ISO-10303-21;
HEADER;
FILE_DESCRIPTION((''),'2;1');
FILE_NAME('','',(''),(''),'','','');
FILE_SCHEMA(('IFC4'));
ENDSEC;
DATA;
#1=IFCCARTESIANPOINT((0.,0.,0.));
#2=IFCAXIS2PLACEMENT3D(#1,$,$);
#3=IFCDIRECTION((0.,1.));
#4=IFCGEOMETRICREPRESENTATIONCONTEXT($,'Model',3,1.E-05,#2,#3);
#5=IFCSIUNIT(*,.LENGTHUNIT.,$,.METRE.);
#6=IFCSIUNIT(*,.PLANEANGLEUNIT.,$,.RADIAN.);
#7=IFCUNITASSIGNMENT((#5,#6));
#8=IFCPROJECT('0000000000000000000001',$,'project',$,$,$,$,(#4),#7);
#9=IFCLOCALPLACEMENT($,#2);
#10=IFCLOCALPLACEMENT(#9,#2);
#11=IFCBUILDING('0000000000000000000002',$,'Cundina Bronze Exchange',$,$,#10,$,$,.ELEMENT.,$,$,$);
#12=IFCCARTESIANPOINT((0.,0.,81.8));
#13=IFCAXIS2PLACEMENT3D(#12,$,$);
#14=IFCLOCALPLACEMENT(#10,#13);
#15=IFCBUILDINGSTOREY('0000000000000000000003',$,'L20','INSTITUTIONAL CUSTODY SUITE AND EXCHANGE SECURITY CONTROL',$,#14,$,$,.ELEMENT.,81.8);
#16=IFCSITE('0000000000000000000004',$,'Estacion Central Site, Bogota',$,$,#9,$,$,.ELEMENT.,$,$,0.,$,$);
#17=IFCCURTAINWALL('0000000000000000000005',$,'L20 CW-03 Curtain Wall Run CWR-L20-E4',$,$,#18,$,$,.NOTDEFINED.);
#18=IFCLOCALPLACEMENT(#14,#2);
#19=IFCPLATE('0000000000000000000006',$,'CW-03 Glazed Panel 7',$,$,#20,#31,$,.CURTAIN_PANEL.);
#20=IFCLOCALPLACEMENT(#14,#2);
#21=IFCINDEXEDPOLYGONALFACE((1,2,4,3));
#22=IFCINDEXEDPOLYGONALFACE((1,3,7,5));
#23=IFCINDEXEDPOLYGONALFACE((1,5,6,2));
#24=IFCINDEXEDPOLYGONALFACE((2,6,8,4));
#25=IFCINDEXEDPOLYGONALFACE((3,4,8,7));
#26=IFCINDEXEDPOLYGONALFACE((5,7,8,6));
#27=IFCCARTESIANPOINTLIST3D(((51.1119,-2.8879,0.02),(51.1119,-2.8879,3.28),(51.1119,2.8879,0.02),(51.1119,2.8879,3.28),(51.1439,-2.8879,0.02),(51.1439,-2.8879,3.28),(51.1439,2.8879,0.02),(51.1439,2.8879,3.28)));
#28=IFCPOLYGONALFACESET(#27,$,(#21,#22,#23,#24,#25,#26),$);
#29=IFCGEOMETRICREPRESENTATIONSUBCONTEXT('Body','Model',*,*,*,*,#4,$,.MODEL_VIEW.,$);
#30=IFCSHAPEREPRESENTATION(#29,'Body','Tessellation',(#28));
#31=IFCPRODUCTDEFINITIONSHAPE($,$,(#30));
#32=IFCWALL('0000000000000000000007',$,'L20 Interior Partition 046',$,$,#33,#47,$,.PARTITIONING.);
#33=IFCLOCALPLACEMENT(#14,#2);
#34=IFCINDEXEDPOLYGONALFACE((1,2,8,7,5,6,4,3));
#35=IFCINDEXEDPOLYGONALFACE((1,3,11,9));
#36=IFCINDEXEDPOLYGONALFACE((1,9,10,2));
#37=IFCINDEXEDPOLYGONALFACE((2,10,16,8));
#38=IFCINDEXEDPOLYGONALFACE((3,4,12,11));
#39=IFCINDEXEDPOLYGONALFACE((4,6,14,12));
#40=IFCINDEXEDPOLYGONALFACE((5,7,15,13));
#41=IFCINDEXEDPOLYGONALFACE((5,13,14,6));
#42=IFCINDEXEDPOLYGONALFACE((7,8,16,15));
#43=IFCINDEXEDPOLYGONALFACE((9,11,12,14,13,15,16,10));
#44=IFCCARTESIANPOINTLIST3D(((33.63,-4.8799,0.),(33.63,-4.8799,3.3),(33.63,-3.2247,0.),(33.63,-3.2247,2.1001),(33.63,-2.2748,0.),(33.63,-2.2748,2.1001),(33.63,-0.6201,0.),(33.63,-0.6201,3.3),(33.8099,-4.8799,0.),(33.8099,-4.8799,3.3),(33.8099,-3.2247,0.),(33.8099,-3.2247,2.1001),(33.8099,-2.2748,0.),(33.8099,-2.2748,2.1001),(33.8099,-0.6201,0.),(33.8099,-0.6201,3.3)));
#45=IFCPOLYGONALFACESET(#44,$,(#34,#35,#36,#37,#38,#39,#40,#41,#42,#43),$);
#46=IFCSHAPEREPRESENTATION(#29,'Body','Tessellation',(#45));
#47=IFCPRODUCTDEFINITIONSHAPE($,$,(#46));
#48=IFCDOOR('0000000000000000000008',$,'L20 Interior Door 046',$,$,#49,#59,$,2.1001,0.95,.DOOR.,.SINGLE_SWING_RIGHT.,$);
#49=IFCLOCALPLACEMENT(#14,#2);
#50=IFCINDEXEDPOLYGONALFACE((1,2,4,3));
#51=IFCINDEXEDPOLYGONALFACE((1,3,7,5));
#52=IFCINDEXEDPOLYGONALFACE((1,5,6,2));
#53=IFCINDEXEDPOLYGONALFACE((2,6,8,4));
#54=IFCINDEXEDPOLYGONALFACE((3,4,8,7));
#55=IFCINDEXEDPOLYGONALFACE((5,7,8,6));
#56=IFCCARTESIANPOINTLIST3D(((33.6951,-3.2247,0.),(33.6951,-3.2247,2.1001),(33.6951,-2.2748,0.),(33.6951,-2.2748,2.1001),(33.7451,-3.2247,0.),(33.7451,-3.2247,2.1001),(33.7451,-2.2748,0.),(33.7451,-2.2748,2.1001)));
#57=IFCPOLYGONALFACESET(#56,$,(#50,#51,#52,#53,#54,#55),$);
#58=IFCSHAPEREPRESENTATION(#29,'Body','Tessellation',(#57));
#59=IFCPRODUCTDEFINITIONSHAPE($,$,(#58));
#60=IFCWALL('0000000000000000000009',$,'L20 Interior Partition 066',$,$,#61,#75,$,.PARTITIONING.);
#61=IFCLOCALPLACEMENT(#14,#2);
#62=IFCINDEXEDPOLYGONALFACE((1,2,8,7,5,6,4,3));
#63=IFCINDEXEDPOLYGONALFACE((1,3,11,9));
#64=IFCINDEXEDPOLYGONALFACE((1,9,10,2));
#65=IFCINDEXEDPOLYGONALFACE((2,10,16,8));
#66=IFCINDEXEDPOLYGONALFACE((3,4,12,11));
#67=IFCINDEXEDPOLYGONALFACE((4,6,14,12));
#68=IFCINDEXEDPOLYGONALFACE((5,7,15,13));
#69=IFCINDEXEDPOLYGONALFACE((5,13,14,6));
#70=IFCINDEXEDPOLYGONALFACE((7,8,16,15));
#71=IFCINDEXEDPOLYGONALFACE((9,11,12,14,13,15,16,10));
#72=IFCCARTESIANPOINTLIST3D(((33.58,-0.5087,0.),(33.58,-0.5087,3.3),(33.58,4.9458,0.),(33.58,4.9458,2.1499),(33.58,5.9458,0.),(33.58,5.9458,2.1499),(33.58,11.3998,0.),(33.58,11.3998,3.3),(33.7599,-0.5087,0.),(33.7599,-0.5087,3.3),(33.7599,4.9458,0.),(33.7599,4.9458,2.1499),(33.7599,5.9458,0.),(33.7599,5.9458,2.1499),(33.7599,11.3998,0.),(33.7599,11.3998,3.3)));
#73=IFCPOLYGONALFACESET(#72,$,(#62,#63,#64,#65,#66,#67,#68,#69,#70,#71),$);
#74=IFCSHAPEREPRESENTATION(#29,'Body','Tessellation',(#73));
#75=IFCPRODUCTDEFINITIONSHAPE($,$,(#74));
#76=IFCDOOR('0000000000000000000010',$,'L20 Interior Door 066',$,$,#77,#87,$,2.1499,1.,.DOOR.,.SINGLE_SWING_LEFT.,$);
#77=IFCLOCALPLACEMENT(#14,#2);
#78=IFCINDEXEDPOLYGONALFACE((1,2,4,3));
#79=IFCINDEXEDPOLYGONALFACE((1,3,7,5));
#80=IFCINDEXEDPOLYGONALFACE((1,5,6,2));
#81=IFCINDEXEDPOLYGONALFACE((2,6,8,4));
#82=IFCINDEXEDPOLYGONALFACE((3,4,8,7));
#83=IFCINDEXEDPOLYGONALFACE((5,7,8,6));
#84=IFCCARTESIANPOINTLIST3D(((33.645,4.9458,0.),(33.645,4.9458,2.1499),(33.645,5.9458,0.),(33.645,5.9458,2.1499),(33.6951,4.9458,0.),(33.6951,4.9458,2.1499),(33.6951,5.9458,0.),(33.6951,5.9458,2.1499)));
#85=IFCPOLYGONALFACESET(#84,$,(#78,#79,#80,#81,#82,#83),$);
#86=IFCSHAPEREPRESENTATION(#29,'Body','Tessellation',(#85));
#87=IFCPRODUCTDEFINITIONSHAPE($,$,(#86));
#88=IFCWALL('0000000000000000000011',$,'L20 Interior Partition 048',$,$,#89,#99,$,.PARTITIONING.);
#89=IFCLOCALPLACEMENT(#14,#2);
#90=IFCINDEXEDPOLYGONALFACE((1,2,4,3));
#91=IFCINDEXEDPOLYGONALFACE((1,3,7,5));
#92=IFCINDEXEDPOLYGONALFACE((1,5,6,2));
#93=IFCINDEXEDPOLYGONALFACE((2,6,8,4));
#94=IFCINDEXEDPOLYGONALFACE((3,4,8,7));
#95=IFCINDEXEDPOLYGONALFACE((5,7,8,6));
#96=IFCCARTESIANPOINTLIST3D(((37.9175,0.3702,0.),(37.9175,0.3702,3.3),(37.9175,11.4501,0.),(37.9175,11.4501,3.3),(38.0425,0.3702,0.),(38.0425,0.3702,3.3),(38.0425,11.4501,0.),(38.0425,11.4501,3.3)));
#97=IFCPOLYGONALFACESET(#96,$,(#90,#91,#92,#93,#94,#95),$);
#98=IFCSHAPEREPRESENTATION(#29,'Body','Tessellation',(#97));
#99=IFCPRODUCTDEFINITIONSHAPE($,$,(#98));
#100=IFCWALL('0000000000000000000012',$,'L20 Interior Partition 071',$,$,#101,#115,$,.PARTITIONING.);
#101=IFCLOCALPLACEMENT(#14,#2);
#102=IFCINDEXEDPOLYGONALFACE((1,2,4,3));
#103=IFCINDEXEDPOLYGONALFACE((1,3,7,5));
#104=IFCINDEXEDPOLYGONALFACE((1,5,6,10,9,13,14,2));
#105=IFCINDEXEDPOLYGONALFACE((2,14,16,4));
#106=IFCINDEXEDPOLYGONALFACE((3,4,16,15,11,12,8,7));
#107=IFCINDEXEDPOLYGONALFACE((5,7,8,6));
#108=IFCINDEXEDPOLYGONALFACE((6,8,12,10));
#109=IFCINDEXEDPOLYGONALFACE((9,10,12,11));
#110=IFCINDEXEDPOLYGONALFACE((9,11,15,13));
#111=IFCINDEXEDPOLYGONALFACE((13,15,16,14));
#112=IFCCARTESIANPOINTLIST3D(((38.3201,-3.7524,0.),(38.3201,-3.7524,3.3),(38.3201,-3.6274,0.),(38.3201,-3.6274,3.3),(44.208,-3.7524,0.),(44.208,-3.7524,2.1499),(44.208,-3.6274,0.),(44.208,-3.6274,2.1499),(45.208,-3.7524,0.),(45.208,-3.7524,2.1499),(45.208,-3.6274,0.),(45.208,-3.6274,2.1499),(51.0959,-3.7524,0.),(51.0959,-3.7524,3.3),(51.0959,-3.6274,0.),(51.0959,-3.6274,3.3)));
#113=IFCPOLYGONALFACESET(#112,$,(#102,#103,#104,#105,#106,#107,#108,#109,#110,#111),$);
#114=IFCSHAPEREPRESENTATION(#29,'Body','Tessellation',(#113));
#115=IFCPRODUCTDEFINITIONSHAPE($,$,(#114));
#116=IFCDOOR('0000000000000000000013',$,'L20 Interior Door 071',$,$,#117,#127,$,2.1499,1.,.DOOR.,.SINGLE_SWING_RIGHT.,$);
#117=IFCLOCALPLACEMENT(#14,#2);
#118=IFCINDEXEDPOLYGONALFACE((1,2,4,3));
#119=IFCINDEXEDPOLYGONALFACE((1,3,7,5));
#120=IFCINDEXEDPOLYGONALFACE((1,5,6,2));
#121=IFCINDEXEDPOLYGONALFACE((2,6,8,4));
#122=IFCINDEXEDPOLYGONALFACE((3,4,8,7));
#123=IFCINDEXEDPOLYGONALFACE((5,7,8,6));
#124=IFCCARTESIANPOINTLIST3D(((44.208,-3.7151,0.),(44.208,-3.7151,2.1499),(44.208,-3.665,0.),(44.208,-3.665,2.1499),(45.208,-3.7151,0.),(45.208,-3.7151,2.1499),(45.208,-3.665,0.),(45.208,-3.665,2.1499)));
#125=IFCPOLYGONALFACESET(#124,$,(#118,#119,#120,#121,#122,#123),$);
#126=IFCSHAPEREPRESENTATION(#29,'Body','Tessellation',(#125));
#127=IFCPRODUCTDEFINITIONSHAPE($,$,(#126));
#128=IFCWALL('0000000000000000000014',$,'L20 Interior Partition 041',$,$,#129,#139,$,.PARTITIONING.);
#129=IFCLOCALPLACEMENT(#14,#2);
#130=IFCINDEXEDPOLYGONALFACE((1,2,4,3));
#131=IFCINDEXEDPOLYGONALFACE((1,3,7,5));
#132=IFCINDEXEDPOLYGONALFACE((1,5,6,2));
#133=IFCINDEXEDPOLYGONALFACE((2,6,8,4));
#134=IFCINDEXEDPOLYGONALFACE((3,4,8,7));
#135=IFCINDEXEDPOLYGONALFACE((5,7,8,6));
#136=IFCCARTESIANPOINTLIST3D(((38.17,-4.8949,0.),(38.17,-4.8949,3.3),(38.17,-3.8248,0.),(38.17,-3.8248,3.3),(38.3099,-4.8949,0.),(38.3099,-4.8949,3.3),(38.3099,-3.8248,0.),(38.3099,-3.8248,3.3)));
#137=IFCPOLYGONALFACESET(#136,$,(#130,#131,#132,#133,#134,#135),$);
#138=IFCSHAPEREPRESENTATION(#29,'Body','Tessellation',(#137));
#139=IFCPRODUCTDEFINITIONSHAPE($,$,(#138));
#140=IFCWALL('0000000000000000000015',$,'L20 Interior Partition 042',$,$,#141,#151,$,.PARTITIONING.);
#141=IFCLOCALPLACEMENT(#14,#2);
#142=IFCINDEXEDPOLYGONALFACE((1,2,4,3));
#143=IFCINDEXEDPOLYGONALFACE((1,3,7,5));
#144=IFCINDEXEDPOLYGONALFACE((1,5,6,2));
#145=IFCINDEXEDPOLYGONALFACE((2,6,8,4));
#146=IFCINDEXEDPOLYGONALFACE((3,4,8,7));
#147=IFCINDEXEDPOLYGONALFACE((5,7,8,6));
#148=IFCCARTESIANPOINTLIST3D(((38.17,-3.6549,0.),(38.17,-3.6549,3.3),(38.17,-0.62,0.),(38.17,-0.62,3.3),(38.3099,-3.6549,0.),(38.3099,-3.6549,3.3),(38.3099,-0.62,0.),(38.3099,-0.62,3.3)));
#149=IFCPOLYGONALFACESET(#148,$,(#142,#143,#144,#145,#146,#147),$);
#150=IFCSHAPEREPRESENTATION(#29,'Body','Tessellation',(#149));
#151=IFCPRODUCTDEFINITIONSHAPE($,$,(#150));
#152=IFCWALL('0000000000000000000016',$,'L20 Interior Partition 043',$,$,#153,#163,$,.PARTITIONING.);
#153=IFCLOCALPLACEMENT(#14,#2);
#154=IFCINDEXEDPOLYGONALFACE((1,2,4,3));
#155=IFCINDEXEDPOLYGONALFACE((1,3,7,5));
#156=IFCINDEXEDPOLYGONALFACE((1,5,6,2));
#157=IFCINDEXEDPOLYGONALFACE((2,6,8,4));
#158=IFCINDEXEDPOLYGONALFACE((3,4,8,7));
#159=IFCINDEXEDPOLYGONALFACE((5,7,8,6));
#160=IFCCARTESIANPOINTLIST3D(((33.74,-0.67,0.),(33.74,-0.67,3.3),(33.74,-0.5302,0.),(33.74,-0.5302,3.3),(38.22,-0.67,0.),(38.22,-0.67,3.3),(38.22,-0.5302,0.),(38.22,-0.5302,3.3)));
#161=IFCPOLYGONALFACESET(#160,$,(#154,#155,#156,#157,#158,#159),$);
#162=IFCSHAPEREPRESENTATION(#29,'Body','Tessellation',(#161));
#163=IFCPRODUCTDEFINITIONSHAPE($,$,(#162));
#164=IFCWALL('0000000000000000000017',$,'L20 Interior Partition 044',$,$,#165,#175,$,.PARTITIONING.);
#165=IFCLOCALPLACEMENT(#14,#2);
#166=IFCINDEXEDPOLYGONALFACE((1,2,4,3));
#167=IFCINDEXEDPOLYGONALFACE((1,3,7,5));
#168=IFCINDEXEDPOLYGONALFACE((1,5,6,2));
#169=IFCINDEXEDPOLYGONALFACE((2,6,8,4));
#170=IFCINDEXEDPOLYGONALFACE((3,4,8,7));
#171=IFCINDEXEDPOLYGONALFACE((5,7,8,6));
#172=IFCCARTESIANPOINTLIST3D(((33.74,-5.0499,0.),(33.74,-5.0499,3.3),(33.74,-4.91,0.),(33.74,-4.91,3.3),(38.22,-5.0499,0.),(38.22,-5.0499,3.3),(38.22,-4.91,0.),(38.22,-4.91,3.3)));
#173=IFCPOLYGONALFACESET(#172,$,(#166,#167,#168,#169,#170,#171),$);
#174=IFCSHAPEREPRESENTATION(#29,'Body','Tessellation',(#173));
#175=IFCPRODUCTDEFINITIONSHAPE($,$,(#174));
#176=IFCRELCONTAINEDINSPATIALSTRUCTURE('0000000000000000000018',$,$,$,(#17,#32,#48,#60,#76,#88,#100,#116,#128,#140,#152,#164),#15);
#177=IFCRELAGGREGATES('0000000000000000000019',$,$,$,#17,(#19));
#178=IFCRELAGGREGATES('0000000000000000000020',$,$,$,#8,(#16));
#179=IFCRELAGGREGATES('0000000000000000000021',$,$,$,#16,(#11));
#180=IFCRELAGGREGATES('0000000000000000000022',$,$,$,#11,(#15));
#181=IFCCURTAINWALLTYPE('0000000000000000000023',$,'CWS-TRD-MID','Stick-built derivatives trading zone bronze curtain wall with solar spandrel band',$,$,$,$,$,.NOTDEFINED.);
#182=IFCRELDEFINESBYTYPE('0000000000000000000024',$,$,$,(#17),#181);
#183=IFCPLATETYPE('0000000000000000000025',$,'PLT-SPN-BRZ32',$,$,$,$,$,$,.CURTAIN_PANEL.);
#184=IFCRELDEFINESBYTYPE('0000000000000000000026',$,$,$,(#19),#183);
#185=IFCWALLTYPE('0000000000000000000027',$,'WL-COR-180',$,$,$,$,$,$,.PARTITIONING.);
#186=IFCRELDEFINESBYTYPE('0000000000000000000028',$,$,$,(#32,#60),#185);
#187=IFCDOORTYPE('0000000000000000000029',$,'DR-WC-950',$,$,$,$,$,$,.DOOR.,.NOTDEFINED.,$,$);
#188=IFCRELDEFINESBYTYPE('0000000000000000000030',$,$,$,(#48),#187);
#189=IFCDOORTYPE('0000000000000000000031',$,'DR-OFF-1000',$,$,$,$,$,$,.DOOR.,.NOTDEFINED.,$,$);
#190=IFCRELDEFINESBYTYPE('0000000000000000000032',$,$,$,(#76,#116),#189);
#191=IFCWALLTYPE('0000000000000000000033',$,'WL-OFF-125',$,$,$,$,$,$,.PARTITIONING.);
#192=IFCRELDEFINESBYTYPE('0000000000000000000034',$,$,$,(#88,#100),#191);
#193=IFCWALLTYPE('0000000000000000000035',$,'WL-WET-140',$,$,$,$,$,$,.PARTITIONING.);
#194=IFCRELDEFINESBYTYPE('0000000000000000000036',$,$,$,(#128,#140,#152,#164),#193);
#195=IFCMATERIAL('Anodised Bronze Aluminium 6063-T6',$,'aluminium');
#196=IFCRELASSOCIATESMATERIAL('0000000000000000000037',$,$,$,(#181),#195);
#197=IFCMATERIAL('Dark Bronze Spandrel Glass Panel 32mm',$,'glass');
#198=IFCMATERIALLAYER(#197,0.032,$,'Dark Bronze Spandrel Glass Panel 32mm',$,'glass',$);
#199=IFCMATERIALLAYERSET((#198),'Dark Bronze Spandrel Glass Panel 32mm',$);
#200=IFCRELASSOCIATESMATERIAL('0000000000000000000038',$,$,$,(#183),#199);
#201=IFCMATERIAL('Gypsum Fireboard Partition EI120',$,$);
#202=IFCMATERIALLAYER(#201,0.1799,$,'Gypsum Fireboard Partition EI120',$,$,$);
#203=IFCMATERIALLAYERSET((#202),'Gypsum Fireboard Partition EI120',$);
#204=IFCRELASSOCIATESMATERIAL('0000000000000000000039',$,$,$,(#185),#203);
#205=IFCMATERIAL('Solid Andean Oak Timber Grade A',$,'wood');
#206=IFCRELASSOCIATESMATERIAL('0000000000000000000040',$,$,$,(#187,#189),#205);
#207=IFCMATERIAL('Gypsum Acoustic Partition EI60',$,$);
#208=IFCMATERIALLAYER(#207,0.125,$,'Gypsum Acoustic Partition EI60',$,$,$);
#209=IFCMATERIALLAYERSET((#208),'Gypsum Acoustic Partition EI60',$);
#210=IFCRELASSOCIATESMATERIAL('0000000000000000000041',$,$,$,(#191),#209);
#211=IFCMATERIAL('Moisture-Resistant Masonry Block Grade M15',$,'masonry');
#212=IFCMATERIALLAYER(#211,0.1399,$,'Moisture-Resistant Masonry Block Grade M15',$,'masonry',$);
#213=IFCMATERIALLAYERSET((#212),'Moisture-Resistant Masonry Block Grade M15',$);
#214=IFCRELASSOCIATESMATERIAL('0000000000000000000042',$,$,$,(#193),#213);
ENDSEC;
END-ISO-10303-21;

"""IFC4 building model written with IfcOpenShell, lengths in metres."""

from ifc_helpers import new_model, si_unit, direction, frame, frame_2d, origin, origin_2d, place, context, subcontext, project, spatial, rectangle, extrude, material, layer, layer_set, type_object, element, fill, aggregate, save


model = new_model("IFC4")

# Units and contexts
model_context = context("Model", 3, precision=1e-05, world=origin(), true_north=direction((0.0, 1.0)))
body_context = subcontext(model_context, "Body", "Model", "MODEL_VIEW")
ifc_project = project(units=[si_unit("LENGTHUNIT", "METRE"), si_unit("PLANEANGLEUNIT", "RADIAN")], contexts=[model_context])

# Site, building, storey
site_placement = place(None, origin())
site = spatial("IfcSite", under=ifc_project, at=site_placement, Name="Estacion Central Site, Bogota", CompositionType="ELEMENT", RefElevation=0.0)
building_placement = place(site_placement, origin())
building = spatial("IfcBuilding", under=site, at=building_placement, Name="Cundina Bronze Exchange", CompositionType="ELEMENT")
storey_placement = place(building_placement, frame((0.0, 0.0, 81.8)))
storey = spatial("IfcBuildingStorey", under=building, at=storey_placement, Name="L20", Description="INSTITUTIONAL CUSTODY SUITE AND EXCHANGE SECURITY CONTROL", CompositionType="ELEMENT", Elevation=81.8)

# Curtain wall
ifc_material_1 = material(Name="Anodised Bronze Aluminium 6063-T6", Category="aluminium")
curtain_wall_type = type_object("IfcCurtainWallType", Name="CWS-TRD-MID", Description="Stick-built derivatives trading zone bronze curtain wall with solar spandrel band", PredefinedType="NOTDEFINED", material=ifc_material_1)
curtain_wall_1_placement = place(storey_placement, origin())
curtain_wall_1 = element("IfcCurtainWall", 1, at=curtain_wall_1_placement, inside=storey, type_object=curtain_wall_type, Name="L20 CW-03 Curtain Wall Run CWR-L20-E4", PredefinedType="NOTDEFINED")

# Plate
ifc_material_2 = material(Name="Dark Bronze Spandrel Glass Panel 32mm", Category="glass")
ifc_layer_1 = layer(ifc_material_2, 0.032, Name="Dark Bronze Spandrel Glass Panel 32mm", Category="glass")
ifc_layer_set_1 = layer_set([ifc_layer_1], Name="Dark Bronze Spandrel Glass Panel 32mm")
plate_type_1 = type_object("IfcPlateType", Name="PLT-SPN-BRZ32", PredefinedType="CURTAIN_PANEL", material=ifc_layer_set_1)
plate_1_placement = place(storey_placement, frame((51.1279, 0.0, 0.02), z_axis=(0.0, 0.0, 1.0), x_axis=(0.0, 1.0, 0.0)))
plate_1 = element("IfcPlate", 2, at=plate_1_placement, type_object=plate_type_1, Name="CW-03 Glazed Panel 7", PredefinedType="CURTAIN_PANEL", context=body_context, shape_type="SweptSolid", body=[
    extrude(rectangle(XDim=5.7759, YDim=0.032, at=origin_2d()), origin(), (0.0, 0.0, 1.0), 3.26),
])
aggregate(curtain_wall_1, [plate_1])

# Walls, openings, doors
ifc_material_3 = material(Name="Gypsum Fireboard Partition EI120")
ifc_layer_2 = layer(ifc_material_3, 0.1799, Name="Gypsum Fireboard Partition EI120")
ifc_layer_set_2 = layer_set([ifc_layer_2], Name="Gypsum Fireboard Partition EI120")
wall_type_1 = type_object("IfcWallType", Name="WL-COR-180", PredefinedType="PARTITIONING", material=ifc_layer_set_2)
wall_1_placement = place(storey_placement, frame((33.72, -4.8799, 0.0), z_axis=(0.0, 0.0, 1.0), x_axis=(0.0, 1.0, 0.0)))
wall_1 = element("IfcWall", 3, at=wall_1_placement, inside=storey, type_object=wall_type_1, Name="L20 Interior Partition 046", PredefinedType="PARTITIONING", context=body_context, shape_type="SweptSolid", body=[
    extrude(rectangle(XDim=4.2598, YDim=0.1799, at=frame_2d((2.1299, 0.0))), origin(), (0.0, 0.0, 1.0), 3.3),
])
opening_1_placement = place(wall_1_placement, frame((1.655, 0.0, 0.0)))
opening_1 = element("IfcOpeningElement", 4, at=opening_1_placement, cuts=wall_1, PredefinedType="OPENING", context=body_context, shape_type="SweptSolid", body=[
    extrude(rectangle(XDim=0.95, YDim=2.1001, at=frame_2d((0.4751, 1.05))), frame((0.0, 0.0999, 0.0), z_axis=(0.0, -1.0, 0.0), x_axis=(1.0, 0.0, 0.0)), (0.0, 0.0, 1.0), 0.2),
])
ifc_material_4 = material(Name="Solid Andean Oak Timber Grade A", Category="wood")
door_type_1 = type_object("IfcDoorType", Name="DR-WC-950", OperationType="NOTDEFINED", PredefinedType="DOOR", material=ifc_material_4)
door_1_placement = place(opening_1_placement, origin())
door_1 = element("IfcDoor", 5, at=door_1_placement, inside=storey, type_object=door_type_1, Name="L20 Interior Door 046", OperationType="SINGLE_SWING_RIGHT", OverallHeight=2.1001, OverallWidth=0.95, PredefinedType="DOOR", context=body_context, shape_type="SweptSolid", body=[
    extrude(rectangle(XDim=0.95, YDim=2.1001, at=frame_2d((0.4751, 1.05))), frame((0.0, 0.0249, 0.0), z_axis=(0.0, -1.0, 0.0), x_axis=(1.0, 0.0, 0.0)), (0.0, 0.0, 1.0), 0.05),
])
fill(opening_1, door_1)
wall_2_placement = place(storey_placement, frame((33.6699, -0.5085, 0.0), z_axis=(0.0, 0.0, 1.0), x_axis=(0.0, 1.0, 0.0)))
wall_2 = element("IfcWall", 6, at=wall_2_placement, inside=storey, type_object=wall_type_1, Name="L20 Interior Partition 066", PredefinedType="PARTITIONING", context=body_context, shape_type="SweptSolid", body=[
    extrude(rectangle(XDim=11.9084, YDim=0.1799, at=frame_2d((5.9541, 0.0))), origin(), (0.0, 0.0, 1.0), 3.3),
])
opening_2_placement = place(wall_2_placement, frame((5.4543, 0.0, 0.0)))
opening_2 = element("IfcOpeningElement", 7, at=opening_2_placement, cuts=wall_2, PredefinedType="OPENING", context=body_context, shape_type="SweptSolid", body=[
    extrude(rectangle(XDim=1.0, YDim=2.1499, at=frame_2d((0.5, 1.075))), frame((0.0, 0.0999, 0.0), z_axis=(0.0, -1.0, 0.0), x_axis=(1.0, 0.0, 0.0)), (0.0, 0.0, 1.0), 0.2),
])
door_type_2 = type_object("IfcDoorType", Name="DR-OFF-1000", OperationType="NOTDEFINED", PredefinedType="DOOR", material=ifc_material_4)
door_2_placement = place(opening_2_placement, origin())
door_2 = element("IfcDoor", 8, at=door_2_placement, inside=storey, type_object=door_type_2, Name="L20 Interior Door 066", OperationType="SINGLE_SWING_LEFT", OverallHeight=2.1499, OverallWidth=1.0, PredefinedType="DOOR", context=body_context, shape_type="SweptSolid", body=[
    extrude(rectangle(XDim=1.0, YDim=2.1499, at=frame_2d((0.5, 1.075))), frame((0.0, 0.0249, 0.0), z_axis=(0.0, -1.0, 0.0), x_axis=(1.0, 0.0, 0.0)), (0.0, 0.0, 1.0), 0.05),
])
fill(opening_2, door_2)

# Wall
ifc_material_5 = material(Name="Gypsum Acoustic Partition EI60")
ifc_layer_3 = layer(ifc_material_5, 0.125, Name="Gypsum Acoustic Partition EI60")
ifc_layer_set_3 = layer_set([ifc_layer_3], Name="Gypsum Acoustic Partition EI60")
wall_type_2 = type_object("IfcWallType", Name="WL-OFF-125", PredefinedType="PARTITIONING", material=ifc_layer_set_3)
wall_3_placement = place(storey_placement, frame((37.98, 0.3701, 0.0), z_axis=(0.0, 0.0, 1.0), x_axis=(0.0, 1.0, 0.0)))
element("IfcWall", 9, at=wall_3_placement, inside=storey, type_object=wall_type_2, Name="L20 Interior Partition 048", PredefinedType="PARTITIONING", context=body_context, shape_type="SweptSolid", body=[
    extrude(rectangle(XDim=11.0798, YDim=0.125, at=frame_2d((5.54, 0.0))), origin(), (0.0, 0.0, 1.0), 3.3),
])

# Wall, opening, door
wall_4_placement = place(storey_placement, frame((38.3201, -3.6899, 0.0), z_axis=(0.0, 0.0, 1.0), x_axis=(1.0, 0.0, 0.0)))
wall_4 = element("IfcWall", 10, at=wall_4_placement, inside=storey, type_object=wall_type_2, Name="L20 Interior Partition 071", PredefinedType="PARTITIONING", context=body_context, shape_type="SweptSolid", body=[
    extrude(rectangle(XDim=12.7759, YDim=0.125, at=frame_2d((6.3879, 0.0))), origin(), (0.0, 0.0, 1.0), 3.3),
])
opening_3_placement = place(wall_4_placement, frame((5.8879, 0.0, 0.0)))
opening_3 = element("IfcOpeningElement", 11, at=opening_3_placement, cuts=wall_4, PredefinedType="OPENING", context=body_context, shape_type="SweptSolid", body=[
    extrude(rectangle(XDim=1.0, YDim=2.1499, at=frame_2d((0.5, 1.075))), frame((0.0, 0.0725, 0.0), z_axis=(0.0, -1.0, 0.0), x_axis=(1.0, 0.0, 0.0)), (0.0, 0.0, 1.0), 0.145),
])
door_3_placement = place(opening_3_placement, origin())
door_3 = element("IfcDoor", 12, at=door_3_placement, inside=storey, type_object=door_type_2, Name="L20 Interior Door 071", OperationType="SINGLE_SWING_RIGHT", OverallHeight=2.1499, OverallWidth=1.0, PredefinedType="DOOR", context=body_context, shape_type="SweptSolid", body=[
    extrude(rectangle(XDim=1.0, YDim=2.1499, at=frame_2d((0.5, 1.075))), frame((0.0, 0.0249, 0.0), z_axis=(0.0, -1.0, 0.0), x_axis=(1.0, 0.0, 0.0)), (0.0, 0.0, 1.0), 0.05),
])
fill(opening_3, door_3)

# Walls
ifc_material_6 = material(Name="Moisture-Resistant Masonry Block Grade M15", Category="masonry")
ifc_layer_4 = layer(ifc_material_6, 0.1399, Name="Moisture-Resistant Masonry Block Grade M15", Category="masonry")
ifc_layer_set_4 = layer_set([ifc_layer_4], Name="Moisture-Resistant Masonry Block Grade M15")
wall_type_3 = type_object("IfcWallType", Name="WL-WET-140", PredefinedType="PARTITIONING", material=ifc_layer_set_4)
wall_5_placement = place(storey_placement, frame((38.24, -4.895, 0.0), z_axis=(0.0, 0.0, 1.0), x_axis=(0.0, 1.0, 0.0)))
element("IfcWall", 13, at=wall_5_placement, inside=storey, type_object=wall_type_3, Name="L20 Interior Partition 041", PredefinedType="PARTITIONING", context=body_context, shape_type="SweptSolid", body=[
    extrude(rectangle(XDim=1.0701, YDim=0.1399, at=frame_2d((0.5352, 0.0))), origin(), (0.0, 0.0, 1.0), 3.3),
])
wall_6_placement = place(storey_placement, frame((38.24, -3.655, 0.0), z_axis=(0.0, 0.0, 1.0), x_axis=(0.0, 1.0, 0.0)))
element("IfcWall", 14, at=wall_6_placement, inside=storey, type_object=wall_type_3, Name="L20 Interior Partition 042", PredefinedType="PARTITIONING", context=body_context, shape_type="SweptSolid", body=[
    extrude(rectangle(XDim=3.0349, YDim=0.1399, at=frame_2d((1.5176, 0.0))), origin(), (0.0, 0.0, 1.0), 3.3),
])
for number, where, z_axis, x_axis, name in (
    (15, (33.74, -0.6001, 0.0), (0.0, 0.0, 1.0), (1.0, 0.0, 0.0), "L20 Interior Partition 043"),
    (16, (33.74, -4.98, 0.0), (0.0, 0.0, 1.0), (1.0, 0.0, 0.0), "L20 Interior Partition 044"),
):
    element("IfcWall", number, at=place(storey_placement, frame(where, z_axis=z_axis, x_axis=x_axis)), inside=storey, type_object=wall_type_3, Name=name, PredefinedType="PARTITIONING", context=body_context, shape_type="SweptSolid", body=[
        extrude(rectangle(XDim=4.48, YDim=0.1399, at=frame_2d((2.24, 0.0))), origin(), (0.0, 0.0, 1.0), 3.3),
    ])

save(model, "model.ifc")
